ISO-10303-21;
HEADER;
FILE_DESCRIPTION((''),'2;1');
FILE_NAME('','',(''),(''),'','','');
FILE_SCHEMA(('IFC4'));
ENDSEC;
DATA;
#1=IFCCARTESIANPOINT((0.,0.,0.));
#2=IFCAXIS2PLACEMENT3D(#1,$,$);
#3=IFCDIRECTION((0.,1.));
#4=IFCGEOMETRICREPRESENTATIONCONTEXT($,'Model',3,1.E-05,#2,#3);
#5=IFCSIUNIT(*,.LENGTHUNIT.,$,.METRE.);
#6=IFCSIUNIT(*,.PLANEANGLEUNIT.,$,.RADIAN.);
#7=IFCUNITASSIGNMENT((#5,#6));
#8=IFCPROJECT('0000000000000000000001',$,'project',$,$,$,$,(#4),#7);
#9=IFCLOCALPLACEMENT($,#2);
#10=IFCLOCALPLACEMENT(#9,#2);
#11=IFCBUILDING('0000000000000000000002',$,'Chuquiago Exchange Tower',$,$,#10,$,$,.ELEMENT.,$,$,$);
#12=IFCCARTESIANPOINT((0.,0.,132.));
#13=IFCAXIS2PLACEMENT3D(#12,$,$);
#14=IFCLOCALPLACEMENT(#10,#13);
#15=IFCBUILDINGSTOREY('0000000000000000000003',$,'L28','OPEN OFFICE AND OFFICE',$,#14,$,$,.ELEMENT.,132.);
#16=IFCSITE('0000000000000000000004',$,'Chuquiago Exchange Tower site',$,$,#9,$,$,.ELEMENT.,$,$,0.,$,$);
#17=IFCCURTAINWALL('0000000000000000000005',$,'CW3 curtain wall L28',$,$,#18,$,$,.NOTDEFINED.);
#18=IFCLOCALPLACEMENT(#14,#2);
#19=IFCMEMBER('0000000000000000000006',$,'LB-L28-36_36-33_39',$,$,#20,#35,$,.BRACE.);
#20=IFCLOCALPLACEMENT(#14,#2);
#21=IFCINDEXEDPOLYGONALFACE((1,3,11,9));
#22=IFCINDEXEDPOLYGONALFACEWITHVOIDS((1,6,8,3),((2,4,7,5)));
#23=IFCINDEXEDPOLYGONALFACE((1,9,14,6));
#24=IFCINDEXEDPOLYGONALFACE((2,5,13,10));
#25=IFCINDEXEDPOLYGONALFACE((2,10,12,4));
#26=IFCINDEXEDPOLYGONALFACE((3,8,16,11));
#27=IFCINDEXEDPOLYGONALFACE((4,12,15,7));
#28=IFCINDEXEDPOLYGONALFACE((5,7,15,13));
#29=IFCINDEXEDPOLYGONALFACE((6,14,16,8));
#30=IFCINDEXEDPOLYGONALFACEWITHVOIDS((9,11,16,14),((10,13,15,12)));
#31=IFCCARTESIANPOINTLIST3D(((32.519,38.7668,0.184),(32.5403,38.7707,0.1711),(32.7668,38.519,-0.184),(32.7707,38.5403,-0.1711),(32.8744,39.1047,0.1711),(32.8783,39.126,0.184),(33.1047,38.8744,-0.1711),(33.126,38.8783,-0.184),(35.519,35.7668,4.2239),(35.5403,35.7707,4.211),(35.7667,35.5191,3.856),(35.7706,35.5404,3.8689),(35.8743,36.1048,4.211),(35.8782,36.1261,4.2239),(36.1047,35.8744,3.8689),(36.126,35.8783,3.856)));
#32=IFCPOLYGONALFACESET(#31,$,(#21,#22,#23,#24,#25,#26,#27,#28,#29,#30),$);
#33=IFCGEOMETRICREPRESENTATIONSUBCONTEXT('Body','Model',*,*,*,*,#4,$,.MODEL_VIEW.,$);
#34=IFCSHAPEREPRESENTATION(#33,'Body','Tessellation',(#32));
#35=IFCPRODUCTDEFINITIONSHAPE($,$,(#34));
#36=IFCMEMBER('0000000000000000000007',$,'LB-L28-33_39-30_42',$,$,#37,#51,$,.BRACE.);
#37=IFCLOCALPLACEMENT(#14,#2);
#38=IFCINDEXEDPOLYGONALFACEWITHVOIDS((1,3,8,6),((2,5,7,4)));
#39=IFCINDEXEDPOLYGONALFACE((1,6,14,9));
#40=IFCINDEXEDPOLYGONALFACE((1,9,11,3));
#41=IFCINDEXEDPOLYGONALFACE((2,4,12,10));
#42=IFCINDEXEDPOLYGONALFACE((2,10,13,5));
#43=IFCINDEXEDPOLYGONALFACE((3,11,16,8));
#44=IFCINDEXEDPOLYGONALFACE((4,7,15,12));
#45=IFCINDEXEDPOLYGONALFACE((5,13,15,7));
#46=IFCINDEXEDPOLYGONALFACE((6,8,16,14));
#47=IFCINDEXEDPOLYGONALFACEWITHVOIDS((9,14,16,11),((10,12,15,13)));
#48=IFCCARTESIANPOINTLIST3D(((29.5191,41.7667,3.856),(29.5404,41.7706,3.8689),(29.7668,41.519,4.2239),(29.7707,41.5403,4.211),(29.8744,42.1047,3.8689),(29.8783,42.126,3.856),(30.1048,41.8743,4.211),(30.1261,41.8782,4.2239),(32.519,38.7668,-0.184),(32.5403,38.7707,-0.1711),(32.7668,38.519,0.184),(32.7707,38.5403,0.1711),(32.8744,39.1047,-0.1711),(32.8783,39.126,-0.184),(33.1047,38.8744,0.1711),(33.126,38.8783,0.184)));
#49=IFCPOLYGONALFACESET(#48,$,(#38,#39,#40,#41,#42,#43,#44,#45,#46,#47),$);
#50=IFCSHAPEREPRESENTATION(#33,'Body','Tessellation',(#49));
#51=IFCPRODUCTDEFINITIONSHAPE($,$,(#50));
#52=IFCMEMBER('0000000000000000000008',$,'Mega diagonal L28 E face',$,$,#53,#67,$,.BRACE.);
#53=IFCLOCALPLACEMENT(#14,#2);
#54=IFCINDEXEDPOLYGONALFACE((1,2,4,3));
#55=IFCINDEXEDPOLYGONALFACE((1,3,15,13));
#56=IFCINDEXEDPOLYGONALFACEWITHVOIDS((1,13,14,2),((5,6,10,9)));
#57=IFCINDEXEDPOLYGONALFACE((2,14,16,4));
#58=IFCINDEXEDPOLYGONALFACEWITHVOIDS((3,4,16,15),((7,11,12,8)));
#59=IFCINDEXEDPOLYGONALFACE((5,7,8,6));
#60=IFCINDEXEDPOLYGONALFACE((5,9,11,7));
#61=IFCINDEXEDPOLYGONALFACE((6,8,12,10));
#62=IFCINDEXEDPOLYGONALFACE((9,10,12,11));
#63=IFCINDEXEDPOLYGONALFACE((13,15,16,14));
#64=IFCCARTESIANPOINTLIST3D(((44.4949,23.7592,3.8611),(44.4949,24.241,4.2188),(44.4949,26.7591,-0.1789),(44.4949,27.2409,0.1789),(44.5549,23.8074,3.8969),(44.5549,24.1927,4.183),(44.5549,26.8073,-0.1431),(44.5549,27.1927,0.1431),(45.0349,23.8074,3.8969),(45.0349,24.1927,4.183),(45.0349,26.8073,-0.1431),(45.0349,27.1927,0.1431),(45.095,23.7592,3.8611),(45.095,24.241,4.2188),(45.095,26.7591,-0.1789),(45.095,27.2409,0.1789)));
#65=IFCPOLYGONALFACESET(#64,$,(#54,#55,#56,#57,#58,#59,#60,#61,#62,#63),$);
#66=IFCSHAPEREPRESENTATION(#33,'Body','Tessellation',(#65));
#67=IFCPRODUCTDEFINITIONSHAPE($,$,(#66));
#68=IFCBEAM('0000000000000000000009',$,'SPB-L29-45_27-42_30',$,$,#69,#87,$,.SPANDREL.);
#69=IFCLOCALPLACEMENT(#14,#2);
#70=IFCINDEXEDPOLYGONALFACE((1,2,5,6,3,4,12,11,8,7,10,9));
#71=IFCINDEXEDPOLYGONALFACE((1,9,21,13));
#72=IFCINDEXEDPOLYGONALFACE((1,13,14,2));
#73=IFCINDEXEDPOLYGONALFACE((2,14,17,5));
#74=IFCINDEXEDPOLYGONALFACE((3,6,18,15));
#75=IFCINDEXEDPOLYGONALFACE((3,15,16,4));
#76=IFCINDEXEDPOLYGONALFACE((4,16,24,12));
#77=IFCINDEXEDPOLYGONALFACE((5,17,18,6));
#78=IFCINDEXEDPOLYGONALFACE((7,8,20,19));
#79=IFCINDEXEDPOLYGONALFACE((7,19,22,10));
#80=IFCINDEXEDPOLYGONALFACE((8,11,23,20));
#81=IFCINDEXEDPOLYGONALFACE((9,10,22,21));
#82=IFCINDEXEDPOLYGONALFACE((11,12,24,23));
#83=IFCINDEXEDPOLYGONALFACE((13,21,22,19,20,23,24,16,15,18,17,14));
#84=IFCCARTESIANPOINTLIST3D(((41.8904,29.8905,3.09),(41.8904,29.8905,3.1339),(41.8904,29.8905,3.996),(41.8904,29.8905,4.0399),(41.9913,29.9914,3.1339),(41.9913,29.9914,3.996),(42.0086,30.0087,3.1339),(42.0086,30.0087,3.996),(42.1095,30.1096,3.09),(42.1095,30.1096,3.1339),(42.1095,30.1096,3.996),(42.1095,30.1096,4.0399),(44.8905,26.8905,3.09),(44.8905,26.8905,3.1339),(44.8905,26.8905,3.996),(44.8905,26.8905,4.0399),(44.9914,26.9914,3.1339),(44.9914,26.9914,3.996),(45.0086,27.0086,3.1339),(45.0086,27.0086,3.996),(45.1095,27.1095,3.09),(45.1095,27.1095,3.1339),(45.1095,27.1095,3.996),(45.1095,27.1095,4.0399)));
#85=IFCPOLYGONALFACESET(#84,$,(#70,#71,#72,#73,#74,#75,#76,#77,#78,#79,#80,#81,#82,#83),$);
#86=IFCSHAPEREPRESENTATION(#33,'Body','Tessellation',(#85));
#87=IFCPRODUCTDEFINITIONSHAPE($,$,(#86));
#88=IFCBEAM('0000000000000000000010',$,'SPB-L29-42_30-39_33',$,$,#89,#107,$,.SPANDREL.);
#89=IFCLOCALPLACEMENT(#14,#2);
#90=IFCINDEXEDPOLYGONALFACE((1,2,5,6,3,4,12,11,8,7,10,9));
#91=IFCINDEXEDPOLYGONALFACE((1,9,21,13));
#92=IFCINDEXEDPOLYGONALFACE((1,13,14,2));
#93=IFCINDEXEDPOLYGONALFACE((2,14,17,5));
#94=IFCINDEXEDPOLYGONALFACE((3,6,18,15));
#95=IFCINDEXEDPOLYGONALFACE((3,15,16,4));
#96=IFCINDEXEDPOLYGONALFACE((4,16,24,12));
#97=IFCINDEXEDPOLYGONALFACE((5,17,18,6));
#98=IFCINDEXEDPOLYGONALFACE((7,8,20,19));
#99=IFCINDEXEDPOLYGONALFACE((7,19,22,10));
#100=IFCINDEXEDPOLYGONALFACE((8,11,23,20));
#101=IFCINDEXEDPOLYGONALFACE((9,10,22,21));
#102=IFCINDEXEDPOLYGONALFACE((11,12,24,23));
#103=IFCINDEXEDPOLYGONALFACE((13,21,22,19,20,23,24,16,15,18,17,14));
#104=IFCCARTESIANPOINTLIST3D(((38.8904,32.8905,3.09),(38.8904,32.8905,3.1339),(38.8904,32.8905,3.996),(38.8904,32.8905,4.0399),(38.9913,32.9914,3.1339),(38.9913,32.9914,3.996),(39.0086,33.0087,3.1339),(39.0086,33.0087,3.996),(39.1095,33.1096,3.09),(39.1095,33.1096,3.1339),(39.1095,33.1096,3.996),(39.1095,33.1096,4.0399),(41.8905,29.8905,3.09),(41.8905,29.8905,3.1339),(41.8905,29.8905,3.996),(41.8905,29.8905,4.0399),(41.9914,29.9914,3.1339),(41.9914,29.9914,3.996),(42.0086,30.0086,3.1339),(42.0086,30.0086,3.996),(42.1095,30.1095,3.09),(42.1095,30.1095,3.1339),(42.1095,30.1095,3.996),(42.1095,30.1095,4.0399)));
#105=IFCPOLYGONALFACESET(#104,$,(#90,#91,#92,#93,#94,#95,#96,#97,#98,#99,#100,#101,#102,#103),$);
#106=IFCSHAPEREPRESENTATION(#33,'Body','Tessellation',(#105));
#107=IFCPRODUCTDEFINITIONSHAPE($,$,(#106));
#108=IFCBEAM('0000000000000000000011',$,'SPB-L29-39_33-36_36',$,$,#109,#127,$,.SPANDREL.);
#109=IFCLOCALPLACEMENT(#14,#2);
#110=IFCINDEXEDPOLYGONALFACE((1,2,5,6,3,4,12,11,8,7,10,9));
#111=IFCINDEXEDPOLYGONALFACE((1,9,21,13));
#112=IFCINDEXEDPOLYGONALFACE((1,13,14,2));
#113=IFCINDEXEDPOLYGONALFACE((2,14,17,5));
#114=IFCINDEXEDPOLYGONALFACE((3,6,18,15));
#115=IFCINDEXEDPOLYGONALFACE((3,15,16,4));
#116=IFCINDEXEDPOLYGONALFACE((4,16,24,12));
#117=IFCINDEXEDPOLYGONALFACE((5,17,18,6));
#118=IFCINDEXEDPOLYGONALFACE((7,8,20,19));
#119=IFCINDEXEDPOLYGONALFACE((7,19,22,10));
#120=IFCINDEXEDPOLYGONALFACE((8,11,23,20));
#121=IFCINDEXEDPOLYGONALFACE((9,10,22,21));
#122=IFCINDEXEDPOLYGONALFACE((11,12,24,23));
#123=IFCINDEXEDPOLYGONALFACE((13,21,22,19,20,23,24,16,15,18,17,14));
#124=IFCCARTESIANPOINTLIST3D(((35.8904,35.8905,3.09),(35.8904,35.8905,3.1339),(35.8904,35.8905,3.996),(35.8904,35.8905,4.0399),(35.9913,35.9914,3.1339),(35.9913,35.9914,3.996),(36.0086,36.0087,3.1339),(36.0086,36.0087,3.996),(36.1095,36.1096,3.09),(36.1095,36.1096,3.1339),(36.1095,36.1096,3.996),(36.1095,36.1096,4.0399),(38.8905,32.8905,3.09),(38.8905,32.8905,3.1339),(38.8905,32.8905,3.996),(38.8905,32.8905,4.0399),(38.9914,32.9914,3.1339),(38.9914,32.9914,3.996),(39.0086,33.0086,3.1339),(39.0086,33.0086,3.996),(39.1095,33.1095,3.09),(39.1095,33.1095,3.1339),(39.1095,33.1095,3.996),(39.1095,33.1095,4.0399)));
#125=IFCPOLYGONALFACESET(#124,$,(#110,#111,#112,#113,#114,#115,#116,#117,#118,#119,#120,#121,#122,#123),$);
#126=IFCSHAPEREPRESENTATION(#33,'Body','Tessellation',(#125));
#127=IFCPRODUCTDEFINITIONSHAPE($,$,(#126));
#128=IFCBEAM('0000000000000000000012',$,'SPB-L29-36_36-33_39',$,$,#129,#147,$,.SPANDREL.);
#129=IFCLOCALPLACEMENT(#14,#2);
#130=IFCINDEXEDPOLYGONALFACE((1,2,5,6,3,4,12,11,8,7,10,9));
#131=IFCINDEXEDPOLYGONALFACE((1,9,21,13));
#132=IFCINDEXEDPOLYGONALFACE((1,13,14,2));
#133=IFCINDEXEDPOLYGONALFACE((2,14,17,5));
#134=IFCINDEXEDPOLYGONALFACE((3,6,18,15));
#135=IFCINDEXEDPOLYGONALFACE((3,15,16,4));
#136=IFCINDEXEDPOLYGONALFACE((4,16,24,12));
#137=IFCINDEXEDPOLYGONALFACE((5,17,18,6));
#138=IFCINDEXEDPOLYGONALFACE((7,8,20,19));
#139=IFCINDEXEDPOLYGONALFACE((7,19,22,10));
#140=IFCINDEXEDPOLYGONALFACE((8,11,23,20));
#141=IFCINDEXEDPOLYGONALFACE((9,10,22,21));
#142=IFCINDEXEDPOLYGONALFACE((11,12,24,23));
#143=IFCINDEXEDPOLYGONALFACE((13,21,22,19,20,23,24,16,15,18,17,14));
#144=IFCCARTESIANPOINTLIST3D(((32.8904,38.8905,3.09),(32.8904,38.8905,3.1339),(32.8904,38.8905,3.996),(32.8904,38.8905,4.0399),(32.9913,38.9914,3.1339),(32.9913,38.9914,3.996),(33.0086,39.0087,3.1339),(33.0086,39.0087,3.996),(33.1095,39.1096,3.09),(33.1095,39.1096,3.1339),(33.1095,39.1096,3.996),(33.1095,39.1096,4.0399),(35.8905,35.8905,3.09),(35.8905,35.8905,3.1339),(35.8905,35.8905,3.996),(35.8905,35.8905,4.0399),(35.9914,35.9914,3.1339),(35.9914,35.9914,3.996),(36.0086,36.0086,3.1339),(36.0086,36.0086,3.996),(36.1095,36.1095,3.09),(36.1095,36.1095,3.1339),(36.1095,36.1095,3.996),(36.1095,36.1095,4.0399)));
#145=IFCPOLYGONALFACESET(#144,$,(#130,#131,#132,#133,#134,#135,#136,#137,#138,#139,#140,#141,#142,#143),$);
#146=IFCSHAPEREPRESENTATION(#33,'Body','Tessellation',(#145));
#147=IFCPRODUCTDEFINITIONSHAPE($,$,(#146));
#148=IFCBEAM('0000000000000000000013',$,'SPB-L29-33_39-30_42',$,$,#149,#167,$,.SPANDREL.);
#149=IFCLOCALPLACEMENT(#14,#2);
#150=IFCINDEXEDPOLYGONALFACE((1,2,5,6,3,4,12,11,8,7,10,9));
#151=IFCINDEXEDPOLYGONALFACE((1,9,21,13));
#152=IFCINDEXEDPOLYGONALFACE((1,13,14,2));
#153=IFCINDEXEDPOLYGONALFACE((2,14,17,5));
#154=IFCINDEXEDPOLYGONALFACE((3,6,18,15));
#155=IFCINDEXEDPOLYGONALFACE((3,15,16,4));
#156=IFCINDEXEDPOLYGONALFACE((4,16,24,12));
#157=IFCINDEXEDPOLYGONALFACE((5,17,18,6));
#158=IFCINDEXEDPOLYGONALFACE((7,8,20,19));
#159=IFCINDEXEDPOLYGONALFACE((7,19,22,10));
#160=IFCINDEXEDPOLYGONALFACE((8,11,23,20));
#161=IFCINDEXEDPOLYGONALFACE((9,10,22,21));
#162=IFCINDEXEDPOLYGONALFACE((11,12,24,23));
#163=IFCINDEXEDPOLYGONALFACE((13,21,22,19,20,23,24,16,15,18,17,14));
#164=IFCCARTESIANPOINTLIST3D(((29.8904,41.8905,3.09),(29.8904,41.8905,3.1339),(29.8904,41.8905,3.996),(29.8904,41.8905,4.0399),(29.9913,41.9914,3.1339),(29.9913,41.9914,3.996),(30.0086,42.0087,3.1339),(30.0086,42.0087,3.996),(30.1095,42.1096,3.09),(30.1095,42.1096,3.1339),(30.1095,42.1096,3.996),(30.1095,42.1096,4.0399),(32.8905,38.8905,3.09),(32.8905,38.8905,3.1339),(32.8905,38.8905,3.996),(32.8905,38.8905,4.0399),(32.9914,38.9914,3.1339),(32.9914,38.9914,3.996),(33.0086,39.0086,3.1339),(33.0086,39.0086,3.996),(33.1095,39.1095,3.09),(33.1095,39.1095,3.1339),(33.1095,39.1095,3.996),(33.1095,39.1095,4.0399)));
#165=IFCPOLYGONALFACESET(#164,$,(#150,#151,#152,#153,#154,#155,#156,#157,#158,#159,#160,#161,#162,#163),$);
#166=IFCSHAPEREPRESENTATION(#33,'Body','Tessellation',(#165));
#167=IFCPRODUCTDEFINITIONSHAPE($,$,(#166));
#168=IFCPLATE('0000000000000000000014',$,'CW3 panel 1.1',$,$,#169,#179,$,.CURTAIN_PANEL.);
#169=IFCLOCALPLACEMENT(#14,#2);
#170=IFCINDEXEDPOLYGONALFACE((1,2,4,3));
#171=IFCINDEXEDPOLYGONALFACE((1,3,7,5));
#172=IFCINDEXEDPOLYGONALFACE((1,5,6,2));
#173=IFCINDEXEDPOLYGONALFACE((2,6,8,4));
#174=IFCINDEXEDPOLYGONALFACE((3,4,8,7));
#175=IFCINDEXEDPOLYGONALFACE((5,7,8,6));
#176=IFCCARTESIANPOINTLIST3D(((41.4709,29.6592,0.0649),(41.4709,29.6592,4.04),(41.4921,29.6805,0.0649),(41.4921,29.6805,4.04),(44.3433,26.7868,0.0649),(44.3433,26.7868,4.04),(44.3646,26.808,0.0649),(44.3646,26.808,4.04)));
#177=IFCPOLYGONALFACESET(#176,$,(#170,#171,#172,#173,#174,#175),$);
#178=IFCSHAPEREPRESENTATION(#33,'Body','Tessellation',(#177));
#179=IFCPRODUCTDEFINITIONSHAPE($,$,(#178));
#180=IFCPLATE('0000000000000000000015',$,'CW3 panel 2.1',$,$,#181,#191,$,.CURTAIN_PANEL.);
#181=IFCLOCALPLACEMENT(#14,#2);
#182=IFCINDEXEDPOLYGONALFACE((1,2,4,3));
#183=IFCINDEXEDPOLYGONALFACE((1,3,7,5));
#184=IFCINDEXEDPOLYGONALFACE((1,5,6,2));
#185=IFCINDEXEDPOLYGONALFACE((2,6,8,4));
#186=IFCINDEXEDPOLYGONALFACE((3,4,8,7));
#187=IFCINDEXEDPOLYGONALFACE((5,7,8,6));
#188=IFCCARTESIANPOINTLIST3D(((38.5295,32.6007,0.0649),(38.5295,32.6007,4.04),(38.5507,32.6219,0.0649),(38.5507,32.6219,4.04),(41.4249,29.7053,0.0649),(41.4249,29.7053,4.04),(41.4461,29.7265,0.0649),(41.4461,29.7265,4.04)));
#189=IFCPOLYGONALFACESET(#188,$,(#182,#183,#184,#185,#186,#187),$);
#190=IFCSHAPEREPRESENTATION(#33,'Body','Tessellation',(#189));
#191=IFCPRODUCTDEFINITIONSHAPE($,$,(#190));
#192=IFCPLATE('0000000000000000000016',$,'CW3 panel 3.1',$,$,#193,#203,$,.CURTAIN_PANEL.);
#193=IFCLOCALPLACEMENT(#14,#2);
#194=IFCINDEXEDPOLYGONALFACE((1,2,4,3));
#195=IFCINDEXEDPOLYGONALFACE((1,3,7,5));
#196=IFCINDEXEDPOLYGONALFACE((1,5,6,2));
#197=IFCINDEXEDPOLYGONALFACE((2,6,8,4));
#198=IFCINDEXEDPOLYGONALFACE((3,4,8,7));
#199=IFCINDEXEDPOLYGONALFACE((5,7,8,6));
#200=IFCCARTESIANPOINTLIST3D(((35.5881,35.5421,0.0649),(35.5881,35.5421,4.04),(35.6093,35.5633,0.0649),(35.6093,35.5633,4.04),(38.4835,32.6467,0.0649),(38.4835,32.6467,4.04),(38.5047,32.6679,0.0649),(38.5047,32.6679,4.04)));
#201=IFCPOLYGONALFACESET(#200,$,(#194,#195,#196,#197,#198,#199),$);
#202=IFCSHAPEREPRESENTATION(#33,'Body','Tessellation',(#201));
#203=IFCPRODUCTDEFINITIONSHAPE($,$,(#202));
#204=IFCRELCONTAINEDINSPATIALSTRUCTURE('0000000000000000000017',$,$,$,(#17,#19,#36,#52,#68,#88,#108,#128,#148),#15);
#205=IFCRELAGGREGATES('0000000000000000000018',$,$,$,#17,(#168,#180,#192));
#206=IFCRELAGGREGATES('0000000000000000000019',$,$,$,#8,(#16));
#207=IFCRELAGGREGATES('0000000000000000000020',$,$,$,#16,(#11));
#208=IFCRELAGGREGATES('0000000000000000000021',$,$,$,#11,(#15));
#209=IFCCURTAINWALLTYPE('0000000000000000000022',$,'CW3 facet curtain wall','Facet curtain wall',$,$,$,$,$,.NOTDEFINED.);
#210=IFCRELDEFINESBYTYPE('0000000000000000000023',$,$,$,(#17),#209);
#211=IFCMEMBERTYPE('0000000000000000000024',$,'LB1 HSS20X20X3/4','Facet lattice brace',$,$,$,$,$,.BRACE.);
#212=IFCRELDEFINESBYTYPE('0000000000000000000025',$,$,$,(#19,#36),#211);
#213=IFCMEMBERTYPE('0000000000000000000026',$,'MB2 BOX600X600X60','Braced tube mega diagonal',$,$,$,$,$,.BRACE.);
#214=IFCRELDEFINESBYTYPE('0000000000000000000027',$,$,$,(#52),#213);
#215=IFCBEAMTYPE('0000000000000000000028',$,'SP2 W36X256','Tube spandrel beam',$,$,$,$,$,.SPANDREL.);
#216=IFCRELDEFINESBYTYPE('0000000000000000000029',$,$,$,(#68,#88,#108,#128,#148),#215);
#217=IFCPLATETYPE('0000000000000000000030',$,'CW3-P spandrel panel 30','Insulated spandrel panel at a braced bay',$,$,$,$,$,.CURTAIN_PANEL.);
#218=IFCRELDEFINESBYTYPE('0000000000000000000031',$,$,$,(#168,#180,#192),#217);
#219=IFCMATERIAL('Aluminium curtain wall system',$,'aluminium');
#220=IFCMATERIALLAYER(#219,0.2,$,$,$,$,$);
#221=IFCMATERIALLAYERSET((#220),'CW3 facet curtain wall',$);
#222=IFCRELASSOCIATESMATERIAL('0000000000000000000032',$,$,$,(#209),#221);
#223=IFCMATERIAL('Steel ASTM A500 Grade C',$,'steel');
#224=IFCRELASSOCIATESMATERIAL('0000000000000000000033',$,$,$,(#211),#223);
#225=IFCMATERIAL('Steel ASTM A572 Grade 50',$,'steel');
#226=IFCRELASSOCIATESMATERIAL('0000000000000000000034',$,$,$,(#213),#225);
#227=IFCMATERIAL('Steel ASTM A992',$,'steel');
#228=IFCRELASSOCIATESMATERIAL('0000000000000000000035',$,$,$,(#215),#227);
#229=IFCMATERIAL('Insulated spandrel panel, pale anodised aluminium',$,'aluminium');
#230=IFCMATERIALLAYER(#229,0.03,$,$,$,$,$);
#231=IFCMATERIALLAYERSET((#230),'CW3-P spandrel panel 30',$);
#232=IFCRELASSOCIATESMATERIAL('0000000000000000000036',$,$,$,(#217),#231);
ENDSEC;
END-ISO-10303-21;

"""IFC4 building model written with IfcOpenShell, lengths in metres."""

from ifc_helpers import new_model, si_unit, direction, frame, origin, origin_2d, place, context, subcontext, project, spatial, rectangle, hollow_rectangle, i_section, extrude, material, layer, layer_set, material_profile, profile_set, type_object, element, aggregate, save


model = new_model("IFC4")

# Units and contexts
model_context = context("Model", 3, precision=1e-05, world=origin(), true_north=direction((0.0, 1.0)))
body_context = subcontext(model_context, "Body", "Model", "MODEL_VIEW")
ifc_project = project(units=[si_unit("LENGTHUNIT", "METRE"), si_unit("PLANEANGLEUNIT", "RADIAN")], contexts=[model_context])

# Site, building, storey
site_placement = place(None, origin())
site = spatial("IfcSite", under=ifc_project, at=site_placement, Name="Chuquiago Exchange Tower site", CompositionType="ELEMENT", RefElevation=0.0)
building_placement = place(site_placement, origin())
building = spatial("IfcBuilding", under=site, at=building_placement, Name="Chuquiago Exchange Tower", CompositionType="ELEMENT")
storey_placement = place(building_placement, frame((0.0, 0.0, 132.0)))
storey = spatial("IfcBuildingStorey", under=building, at=storey_placement, Name="L28", Description="OPEN OFFICE AND OFFICE", CompositionType="ELEMENT", Elevation=132.0)

# Curtain wall
ifc_material_1 = material(Name="Aluminium curtain wall system", Category="aluminium")
ifc_layer_1 = layer(ifc_material_1, 0.2)
ifc_layer_set_1 = layer_set([ifc_layer_1], Name="CW3 facet curtain wall")
curtain_wall_type = type_object("IfcCurtainWallType", Name="CW3 facet curtain wall", Description="Facet curtain wall", PredefinedType="NOTDEFINED", material=ifc_layer_set_1)
curtain_wall_placement = place(storey_placement, origin())
curtain_wall = element("IfcCurtainWall", 1, at=curtain_wall_placement, inside=storey, type_object=curtain_wall_type, Name="CW3 curtain wall L28", PredefinedType="NOTDEFINED")

# Members
ifc_material_2 = material(Name="Steel ASTM A500 Grade C", Category="steel")
ifc_material_profile_1 = material_profile(ifc_material_2, hollow_rectangle(XDim=0.5081, YDim=0.5081, WallThickness=0.0178, at=origin_2d()), Name="HSS20X20X3/4")
ifc_profile_set_1 = profile_set([ifc_material_profile_1], Name="Steel ASTM A500 Grade C")
member_type_1 = type_object("IfcMemberType", Name="LB1 HSS20X20X3/4", Description="Facet lattice brace", PredefinedType="BRACE", material=ifc_profile_set_1)
for number, where, z_axis, x_axis, name in (
    (2, (32.8225, 38.8225, 0.0), (0.512077, -0.512077, 0.689604), (0.707107, 0.707107, 0.0), "LB-L28-36_36-33_39"),
    (3, (32.8225, 38.8225, 0.0), (-0.512077, 0.512077, 0.689604), (-0.707107, -0.707107, 0.0), "LB-L28-33_39-30_42"),
):
    element("IfcMember", number, at=place(storey_placement, frame(where, z_axis=z_axis, x_axis=x_axis)), inside=storey, type_object=member_type_1, Name=name, PredefinedType="BRACE", context=body_context, shape_type="SweptSolid", body=[
        extrude(hollow_rectangle(XDim=0.5081, YDim=0.5081, WallThickness=0.0178, at=origin_2d()), origin(), (0.0, 0.0, 1.0), 5.8584),
    ])
ifc_material_3 = material(Name="Steel ASTM A572 Grade 50", Category="steel")
ifc_material_profile_2 = material_profile(ifc_material_3, hollow_rectangle(XDim=0.6001, YDim=0.6001, WallThickness=0.0601, at=origin_2d()), Name="BOX600X600X60")
ifc_profile_set_2 = profile_set([ifc_material_profile_2], Name="Steel ASTM A572 Grade 50")
member_type_2 = type_object("IfcMemberType", Name="MB2 BOX600X600X60", Description="Braced tube mega diagonal", PredefinedType="BRACE", material=ifc_profile_set_2)
member_1_placement = place(storey_placement, frame((44.7949, 27.0, 0.0), z_axis=(0.0, -0.596174, 0.802855), x_axis=(1.0, 0.0, 0.0)))
element("IfcMember", 4, at=member_1_placement, inside=storey, type_object=member_type_2, Name="Mega diagonal L28 E face", PredefinedType="BRACE", context=body_context, shape_type="SweptSolid", body=[
    extrude(hollow_rectangle(XDim=0.6001, YDim=0.6001, WallThickness=0.0601, at=origin_2d()), origin(), (0.0, 0.0, 1.0), 5.032),
])

# Beams
ifc_material_4 = material(Name="Steel ASTM A992", Category="steel")
ifc_material_profile_3 = material_profile(ifc_material_4, i_section(OverallWidth=0.3098, OverallDepth=0.95, WebThickness=0.0244, FlangeThickness=0.0439, at=origin_2d()), Name="W36X256")
ifc_profile_set_3 = profile_set([ifc_material_profile_3], Name="Steel ASTM A992")
beam_type_1 = type_object("IfcBeamType", Name="SP2 W36X256", Description="Tube spandrel beam", PredefinedType="SPANDREL", material=ifc_profile_set_3)
for number, where, z_axis, x_axis, name in (
    (5, (45.0, 27.0, 3.5649), (-0.707107, 0.707107, 0.0), (-0.707107, -0.707107, 0.0), "SPB-L29-45_27-42_30"),
    (6, (42.0, 30.0, 3.5649), (-0.707107, 0.707107, 0.0), (-0.707107, -0.707107, 0.0), "SPB-L29-42_30-39_33"),
    (7, (39.0, 33.0, 3.5649), (-0.707107, 0.707107, 0.0), (-0.707107, -0.707107, 0.0), "SPB-L29-39_33-36_36"),
    (8, (36.0, 36.0, 3.5649), (-0.707107, 0.707107, 0.0), (-0.707107, -0.707107, 0.0), "SPB-L29-36_36-33_39"),
    (9, (33.0, 39.0, 3.5649), (-0.707107, 0.707107, 0.0), (-0.707107, -0.707107, 0.0), "SPB-L29-33_39-30_42"),
):
    element("IfcBeam", number, at=place(storey_placement, frame(where, z_axis=z_axis, x_axis=x_axis)), inside=storey, type_object=beam_type_1, Name=name, PredefinedType="SPANDREL", context=body_context, shape_type="SweptSolid", body=[
        extrude(i_section(OverallWidth=0.3098, OverallDepth=0.95, WebThickness=0.0244, FlangeThickness=0.0439, at=origin_2d()), origin(), (0.0, 0.0, 1.0), 4.2427),
    ])

# Plates
ifc_material_5 = material(Name="Insulated spandrel panel, pale anodised aluminium", Category="aluminium")
ifc_layer_2 = layer(ifc_material_5, 0.03)
ifc_layer_set_2 = layer_set([ifc_layer_2], Name="CW3-P spandrel panel 30")
plate_type = type_object("IfcPlateType", Name="CW3-P spandrel panel 30", Description="Insulated spandrel panel at a braced bay", PredefinedType="CURTAIN_PANEL", material=ifc_layer_set_2)
plate_1_placement = place(storey_placement, frame((42.9177, 28.2336, 0.0649), z_axis=(0.0, 0.0, 1.0), x_axis=(-0.707107, 0.707107, 0.0)))
plate_1 = element("IfcPlate", 10, at=plate_1_placement, type_object=plate_type, Name="CW3 panel 1.1", PredefinedType="CURTAIN_PANEL", context=body_context, shape_type="SweptSolid", body=[
    extrude(rectangle(XDim=4.0623, YDim=0.03, at=origin_2d()), origin(), (0.0, 0.0, 1.0), 3.9751),
])
plate_2_placement = place(storey_placement, frame((39.9878, 31.1636, 0.0649), z_axis=(0.0, 0.0, 1.0), x_axis=(-0.707107, 0.707107, 0.0)))
plate_2 = element("IfcPlate", 11, at=plate_2_placement, type_object=plate_type, Name="CW3 panel 2.1", PredefinedType="CURTAIN_PANEL", context=body_context, shape_type="SweptSolid", body=[
    extrude(rectangle(XDim=4.0947, YDim=0.03, at=origin_2d()), origin(), (0.0, 0.0, 1.0), 3.9751),
])
plate_3_placement = place(storey_placement, frame((37.0464, 34.105, 0.0649), z_axis=(0.0, 0.0, 1.0), x_axis=(-0.707107, 0.707107, 0.0)))
plate_3 = element("IfcPlate", 12, at=plate_3_placement, type_object=plate_type, Name="CW3 panel 3.1", PredefinedType="CURTAIN_PANEL", context=body_context, shape_type="SweptSolid", body=[
    extrude(rectangle(XDim=4.0947, YDim=0.03, at=origin_2d()), origin(), (0.0, 0.0, 1.0), 3.9751),
])
aggregate(curtain_wall, [plate_1, plate_2, plate_3])

save(model, "model.ifc")
